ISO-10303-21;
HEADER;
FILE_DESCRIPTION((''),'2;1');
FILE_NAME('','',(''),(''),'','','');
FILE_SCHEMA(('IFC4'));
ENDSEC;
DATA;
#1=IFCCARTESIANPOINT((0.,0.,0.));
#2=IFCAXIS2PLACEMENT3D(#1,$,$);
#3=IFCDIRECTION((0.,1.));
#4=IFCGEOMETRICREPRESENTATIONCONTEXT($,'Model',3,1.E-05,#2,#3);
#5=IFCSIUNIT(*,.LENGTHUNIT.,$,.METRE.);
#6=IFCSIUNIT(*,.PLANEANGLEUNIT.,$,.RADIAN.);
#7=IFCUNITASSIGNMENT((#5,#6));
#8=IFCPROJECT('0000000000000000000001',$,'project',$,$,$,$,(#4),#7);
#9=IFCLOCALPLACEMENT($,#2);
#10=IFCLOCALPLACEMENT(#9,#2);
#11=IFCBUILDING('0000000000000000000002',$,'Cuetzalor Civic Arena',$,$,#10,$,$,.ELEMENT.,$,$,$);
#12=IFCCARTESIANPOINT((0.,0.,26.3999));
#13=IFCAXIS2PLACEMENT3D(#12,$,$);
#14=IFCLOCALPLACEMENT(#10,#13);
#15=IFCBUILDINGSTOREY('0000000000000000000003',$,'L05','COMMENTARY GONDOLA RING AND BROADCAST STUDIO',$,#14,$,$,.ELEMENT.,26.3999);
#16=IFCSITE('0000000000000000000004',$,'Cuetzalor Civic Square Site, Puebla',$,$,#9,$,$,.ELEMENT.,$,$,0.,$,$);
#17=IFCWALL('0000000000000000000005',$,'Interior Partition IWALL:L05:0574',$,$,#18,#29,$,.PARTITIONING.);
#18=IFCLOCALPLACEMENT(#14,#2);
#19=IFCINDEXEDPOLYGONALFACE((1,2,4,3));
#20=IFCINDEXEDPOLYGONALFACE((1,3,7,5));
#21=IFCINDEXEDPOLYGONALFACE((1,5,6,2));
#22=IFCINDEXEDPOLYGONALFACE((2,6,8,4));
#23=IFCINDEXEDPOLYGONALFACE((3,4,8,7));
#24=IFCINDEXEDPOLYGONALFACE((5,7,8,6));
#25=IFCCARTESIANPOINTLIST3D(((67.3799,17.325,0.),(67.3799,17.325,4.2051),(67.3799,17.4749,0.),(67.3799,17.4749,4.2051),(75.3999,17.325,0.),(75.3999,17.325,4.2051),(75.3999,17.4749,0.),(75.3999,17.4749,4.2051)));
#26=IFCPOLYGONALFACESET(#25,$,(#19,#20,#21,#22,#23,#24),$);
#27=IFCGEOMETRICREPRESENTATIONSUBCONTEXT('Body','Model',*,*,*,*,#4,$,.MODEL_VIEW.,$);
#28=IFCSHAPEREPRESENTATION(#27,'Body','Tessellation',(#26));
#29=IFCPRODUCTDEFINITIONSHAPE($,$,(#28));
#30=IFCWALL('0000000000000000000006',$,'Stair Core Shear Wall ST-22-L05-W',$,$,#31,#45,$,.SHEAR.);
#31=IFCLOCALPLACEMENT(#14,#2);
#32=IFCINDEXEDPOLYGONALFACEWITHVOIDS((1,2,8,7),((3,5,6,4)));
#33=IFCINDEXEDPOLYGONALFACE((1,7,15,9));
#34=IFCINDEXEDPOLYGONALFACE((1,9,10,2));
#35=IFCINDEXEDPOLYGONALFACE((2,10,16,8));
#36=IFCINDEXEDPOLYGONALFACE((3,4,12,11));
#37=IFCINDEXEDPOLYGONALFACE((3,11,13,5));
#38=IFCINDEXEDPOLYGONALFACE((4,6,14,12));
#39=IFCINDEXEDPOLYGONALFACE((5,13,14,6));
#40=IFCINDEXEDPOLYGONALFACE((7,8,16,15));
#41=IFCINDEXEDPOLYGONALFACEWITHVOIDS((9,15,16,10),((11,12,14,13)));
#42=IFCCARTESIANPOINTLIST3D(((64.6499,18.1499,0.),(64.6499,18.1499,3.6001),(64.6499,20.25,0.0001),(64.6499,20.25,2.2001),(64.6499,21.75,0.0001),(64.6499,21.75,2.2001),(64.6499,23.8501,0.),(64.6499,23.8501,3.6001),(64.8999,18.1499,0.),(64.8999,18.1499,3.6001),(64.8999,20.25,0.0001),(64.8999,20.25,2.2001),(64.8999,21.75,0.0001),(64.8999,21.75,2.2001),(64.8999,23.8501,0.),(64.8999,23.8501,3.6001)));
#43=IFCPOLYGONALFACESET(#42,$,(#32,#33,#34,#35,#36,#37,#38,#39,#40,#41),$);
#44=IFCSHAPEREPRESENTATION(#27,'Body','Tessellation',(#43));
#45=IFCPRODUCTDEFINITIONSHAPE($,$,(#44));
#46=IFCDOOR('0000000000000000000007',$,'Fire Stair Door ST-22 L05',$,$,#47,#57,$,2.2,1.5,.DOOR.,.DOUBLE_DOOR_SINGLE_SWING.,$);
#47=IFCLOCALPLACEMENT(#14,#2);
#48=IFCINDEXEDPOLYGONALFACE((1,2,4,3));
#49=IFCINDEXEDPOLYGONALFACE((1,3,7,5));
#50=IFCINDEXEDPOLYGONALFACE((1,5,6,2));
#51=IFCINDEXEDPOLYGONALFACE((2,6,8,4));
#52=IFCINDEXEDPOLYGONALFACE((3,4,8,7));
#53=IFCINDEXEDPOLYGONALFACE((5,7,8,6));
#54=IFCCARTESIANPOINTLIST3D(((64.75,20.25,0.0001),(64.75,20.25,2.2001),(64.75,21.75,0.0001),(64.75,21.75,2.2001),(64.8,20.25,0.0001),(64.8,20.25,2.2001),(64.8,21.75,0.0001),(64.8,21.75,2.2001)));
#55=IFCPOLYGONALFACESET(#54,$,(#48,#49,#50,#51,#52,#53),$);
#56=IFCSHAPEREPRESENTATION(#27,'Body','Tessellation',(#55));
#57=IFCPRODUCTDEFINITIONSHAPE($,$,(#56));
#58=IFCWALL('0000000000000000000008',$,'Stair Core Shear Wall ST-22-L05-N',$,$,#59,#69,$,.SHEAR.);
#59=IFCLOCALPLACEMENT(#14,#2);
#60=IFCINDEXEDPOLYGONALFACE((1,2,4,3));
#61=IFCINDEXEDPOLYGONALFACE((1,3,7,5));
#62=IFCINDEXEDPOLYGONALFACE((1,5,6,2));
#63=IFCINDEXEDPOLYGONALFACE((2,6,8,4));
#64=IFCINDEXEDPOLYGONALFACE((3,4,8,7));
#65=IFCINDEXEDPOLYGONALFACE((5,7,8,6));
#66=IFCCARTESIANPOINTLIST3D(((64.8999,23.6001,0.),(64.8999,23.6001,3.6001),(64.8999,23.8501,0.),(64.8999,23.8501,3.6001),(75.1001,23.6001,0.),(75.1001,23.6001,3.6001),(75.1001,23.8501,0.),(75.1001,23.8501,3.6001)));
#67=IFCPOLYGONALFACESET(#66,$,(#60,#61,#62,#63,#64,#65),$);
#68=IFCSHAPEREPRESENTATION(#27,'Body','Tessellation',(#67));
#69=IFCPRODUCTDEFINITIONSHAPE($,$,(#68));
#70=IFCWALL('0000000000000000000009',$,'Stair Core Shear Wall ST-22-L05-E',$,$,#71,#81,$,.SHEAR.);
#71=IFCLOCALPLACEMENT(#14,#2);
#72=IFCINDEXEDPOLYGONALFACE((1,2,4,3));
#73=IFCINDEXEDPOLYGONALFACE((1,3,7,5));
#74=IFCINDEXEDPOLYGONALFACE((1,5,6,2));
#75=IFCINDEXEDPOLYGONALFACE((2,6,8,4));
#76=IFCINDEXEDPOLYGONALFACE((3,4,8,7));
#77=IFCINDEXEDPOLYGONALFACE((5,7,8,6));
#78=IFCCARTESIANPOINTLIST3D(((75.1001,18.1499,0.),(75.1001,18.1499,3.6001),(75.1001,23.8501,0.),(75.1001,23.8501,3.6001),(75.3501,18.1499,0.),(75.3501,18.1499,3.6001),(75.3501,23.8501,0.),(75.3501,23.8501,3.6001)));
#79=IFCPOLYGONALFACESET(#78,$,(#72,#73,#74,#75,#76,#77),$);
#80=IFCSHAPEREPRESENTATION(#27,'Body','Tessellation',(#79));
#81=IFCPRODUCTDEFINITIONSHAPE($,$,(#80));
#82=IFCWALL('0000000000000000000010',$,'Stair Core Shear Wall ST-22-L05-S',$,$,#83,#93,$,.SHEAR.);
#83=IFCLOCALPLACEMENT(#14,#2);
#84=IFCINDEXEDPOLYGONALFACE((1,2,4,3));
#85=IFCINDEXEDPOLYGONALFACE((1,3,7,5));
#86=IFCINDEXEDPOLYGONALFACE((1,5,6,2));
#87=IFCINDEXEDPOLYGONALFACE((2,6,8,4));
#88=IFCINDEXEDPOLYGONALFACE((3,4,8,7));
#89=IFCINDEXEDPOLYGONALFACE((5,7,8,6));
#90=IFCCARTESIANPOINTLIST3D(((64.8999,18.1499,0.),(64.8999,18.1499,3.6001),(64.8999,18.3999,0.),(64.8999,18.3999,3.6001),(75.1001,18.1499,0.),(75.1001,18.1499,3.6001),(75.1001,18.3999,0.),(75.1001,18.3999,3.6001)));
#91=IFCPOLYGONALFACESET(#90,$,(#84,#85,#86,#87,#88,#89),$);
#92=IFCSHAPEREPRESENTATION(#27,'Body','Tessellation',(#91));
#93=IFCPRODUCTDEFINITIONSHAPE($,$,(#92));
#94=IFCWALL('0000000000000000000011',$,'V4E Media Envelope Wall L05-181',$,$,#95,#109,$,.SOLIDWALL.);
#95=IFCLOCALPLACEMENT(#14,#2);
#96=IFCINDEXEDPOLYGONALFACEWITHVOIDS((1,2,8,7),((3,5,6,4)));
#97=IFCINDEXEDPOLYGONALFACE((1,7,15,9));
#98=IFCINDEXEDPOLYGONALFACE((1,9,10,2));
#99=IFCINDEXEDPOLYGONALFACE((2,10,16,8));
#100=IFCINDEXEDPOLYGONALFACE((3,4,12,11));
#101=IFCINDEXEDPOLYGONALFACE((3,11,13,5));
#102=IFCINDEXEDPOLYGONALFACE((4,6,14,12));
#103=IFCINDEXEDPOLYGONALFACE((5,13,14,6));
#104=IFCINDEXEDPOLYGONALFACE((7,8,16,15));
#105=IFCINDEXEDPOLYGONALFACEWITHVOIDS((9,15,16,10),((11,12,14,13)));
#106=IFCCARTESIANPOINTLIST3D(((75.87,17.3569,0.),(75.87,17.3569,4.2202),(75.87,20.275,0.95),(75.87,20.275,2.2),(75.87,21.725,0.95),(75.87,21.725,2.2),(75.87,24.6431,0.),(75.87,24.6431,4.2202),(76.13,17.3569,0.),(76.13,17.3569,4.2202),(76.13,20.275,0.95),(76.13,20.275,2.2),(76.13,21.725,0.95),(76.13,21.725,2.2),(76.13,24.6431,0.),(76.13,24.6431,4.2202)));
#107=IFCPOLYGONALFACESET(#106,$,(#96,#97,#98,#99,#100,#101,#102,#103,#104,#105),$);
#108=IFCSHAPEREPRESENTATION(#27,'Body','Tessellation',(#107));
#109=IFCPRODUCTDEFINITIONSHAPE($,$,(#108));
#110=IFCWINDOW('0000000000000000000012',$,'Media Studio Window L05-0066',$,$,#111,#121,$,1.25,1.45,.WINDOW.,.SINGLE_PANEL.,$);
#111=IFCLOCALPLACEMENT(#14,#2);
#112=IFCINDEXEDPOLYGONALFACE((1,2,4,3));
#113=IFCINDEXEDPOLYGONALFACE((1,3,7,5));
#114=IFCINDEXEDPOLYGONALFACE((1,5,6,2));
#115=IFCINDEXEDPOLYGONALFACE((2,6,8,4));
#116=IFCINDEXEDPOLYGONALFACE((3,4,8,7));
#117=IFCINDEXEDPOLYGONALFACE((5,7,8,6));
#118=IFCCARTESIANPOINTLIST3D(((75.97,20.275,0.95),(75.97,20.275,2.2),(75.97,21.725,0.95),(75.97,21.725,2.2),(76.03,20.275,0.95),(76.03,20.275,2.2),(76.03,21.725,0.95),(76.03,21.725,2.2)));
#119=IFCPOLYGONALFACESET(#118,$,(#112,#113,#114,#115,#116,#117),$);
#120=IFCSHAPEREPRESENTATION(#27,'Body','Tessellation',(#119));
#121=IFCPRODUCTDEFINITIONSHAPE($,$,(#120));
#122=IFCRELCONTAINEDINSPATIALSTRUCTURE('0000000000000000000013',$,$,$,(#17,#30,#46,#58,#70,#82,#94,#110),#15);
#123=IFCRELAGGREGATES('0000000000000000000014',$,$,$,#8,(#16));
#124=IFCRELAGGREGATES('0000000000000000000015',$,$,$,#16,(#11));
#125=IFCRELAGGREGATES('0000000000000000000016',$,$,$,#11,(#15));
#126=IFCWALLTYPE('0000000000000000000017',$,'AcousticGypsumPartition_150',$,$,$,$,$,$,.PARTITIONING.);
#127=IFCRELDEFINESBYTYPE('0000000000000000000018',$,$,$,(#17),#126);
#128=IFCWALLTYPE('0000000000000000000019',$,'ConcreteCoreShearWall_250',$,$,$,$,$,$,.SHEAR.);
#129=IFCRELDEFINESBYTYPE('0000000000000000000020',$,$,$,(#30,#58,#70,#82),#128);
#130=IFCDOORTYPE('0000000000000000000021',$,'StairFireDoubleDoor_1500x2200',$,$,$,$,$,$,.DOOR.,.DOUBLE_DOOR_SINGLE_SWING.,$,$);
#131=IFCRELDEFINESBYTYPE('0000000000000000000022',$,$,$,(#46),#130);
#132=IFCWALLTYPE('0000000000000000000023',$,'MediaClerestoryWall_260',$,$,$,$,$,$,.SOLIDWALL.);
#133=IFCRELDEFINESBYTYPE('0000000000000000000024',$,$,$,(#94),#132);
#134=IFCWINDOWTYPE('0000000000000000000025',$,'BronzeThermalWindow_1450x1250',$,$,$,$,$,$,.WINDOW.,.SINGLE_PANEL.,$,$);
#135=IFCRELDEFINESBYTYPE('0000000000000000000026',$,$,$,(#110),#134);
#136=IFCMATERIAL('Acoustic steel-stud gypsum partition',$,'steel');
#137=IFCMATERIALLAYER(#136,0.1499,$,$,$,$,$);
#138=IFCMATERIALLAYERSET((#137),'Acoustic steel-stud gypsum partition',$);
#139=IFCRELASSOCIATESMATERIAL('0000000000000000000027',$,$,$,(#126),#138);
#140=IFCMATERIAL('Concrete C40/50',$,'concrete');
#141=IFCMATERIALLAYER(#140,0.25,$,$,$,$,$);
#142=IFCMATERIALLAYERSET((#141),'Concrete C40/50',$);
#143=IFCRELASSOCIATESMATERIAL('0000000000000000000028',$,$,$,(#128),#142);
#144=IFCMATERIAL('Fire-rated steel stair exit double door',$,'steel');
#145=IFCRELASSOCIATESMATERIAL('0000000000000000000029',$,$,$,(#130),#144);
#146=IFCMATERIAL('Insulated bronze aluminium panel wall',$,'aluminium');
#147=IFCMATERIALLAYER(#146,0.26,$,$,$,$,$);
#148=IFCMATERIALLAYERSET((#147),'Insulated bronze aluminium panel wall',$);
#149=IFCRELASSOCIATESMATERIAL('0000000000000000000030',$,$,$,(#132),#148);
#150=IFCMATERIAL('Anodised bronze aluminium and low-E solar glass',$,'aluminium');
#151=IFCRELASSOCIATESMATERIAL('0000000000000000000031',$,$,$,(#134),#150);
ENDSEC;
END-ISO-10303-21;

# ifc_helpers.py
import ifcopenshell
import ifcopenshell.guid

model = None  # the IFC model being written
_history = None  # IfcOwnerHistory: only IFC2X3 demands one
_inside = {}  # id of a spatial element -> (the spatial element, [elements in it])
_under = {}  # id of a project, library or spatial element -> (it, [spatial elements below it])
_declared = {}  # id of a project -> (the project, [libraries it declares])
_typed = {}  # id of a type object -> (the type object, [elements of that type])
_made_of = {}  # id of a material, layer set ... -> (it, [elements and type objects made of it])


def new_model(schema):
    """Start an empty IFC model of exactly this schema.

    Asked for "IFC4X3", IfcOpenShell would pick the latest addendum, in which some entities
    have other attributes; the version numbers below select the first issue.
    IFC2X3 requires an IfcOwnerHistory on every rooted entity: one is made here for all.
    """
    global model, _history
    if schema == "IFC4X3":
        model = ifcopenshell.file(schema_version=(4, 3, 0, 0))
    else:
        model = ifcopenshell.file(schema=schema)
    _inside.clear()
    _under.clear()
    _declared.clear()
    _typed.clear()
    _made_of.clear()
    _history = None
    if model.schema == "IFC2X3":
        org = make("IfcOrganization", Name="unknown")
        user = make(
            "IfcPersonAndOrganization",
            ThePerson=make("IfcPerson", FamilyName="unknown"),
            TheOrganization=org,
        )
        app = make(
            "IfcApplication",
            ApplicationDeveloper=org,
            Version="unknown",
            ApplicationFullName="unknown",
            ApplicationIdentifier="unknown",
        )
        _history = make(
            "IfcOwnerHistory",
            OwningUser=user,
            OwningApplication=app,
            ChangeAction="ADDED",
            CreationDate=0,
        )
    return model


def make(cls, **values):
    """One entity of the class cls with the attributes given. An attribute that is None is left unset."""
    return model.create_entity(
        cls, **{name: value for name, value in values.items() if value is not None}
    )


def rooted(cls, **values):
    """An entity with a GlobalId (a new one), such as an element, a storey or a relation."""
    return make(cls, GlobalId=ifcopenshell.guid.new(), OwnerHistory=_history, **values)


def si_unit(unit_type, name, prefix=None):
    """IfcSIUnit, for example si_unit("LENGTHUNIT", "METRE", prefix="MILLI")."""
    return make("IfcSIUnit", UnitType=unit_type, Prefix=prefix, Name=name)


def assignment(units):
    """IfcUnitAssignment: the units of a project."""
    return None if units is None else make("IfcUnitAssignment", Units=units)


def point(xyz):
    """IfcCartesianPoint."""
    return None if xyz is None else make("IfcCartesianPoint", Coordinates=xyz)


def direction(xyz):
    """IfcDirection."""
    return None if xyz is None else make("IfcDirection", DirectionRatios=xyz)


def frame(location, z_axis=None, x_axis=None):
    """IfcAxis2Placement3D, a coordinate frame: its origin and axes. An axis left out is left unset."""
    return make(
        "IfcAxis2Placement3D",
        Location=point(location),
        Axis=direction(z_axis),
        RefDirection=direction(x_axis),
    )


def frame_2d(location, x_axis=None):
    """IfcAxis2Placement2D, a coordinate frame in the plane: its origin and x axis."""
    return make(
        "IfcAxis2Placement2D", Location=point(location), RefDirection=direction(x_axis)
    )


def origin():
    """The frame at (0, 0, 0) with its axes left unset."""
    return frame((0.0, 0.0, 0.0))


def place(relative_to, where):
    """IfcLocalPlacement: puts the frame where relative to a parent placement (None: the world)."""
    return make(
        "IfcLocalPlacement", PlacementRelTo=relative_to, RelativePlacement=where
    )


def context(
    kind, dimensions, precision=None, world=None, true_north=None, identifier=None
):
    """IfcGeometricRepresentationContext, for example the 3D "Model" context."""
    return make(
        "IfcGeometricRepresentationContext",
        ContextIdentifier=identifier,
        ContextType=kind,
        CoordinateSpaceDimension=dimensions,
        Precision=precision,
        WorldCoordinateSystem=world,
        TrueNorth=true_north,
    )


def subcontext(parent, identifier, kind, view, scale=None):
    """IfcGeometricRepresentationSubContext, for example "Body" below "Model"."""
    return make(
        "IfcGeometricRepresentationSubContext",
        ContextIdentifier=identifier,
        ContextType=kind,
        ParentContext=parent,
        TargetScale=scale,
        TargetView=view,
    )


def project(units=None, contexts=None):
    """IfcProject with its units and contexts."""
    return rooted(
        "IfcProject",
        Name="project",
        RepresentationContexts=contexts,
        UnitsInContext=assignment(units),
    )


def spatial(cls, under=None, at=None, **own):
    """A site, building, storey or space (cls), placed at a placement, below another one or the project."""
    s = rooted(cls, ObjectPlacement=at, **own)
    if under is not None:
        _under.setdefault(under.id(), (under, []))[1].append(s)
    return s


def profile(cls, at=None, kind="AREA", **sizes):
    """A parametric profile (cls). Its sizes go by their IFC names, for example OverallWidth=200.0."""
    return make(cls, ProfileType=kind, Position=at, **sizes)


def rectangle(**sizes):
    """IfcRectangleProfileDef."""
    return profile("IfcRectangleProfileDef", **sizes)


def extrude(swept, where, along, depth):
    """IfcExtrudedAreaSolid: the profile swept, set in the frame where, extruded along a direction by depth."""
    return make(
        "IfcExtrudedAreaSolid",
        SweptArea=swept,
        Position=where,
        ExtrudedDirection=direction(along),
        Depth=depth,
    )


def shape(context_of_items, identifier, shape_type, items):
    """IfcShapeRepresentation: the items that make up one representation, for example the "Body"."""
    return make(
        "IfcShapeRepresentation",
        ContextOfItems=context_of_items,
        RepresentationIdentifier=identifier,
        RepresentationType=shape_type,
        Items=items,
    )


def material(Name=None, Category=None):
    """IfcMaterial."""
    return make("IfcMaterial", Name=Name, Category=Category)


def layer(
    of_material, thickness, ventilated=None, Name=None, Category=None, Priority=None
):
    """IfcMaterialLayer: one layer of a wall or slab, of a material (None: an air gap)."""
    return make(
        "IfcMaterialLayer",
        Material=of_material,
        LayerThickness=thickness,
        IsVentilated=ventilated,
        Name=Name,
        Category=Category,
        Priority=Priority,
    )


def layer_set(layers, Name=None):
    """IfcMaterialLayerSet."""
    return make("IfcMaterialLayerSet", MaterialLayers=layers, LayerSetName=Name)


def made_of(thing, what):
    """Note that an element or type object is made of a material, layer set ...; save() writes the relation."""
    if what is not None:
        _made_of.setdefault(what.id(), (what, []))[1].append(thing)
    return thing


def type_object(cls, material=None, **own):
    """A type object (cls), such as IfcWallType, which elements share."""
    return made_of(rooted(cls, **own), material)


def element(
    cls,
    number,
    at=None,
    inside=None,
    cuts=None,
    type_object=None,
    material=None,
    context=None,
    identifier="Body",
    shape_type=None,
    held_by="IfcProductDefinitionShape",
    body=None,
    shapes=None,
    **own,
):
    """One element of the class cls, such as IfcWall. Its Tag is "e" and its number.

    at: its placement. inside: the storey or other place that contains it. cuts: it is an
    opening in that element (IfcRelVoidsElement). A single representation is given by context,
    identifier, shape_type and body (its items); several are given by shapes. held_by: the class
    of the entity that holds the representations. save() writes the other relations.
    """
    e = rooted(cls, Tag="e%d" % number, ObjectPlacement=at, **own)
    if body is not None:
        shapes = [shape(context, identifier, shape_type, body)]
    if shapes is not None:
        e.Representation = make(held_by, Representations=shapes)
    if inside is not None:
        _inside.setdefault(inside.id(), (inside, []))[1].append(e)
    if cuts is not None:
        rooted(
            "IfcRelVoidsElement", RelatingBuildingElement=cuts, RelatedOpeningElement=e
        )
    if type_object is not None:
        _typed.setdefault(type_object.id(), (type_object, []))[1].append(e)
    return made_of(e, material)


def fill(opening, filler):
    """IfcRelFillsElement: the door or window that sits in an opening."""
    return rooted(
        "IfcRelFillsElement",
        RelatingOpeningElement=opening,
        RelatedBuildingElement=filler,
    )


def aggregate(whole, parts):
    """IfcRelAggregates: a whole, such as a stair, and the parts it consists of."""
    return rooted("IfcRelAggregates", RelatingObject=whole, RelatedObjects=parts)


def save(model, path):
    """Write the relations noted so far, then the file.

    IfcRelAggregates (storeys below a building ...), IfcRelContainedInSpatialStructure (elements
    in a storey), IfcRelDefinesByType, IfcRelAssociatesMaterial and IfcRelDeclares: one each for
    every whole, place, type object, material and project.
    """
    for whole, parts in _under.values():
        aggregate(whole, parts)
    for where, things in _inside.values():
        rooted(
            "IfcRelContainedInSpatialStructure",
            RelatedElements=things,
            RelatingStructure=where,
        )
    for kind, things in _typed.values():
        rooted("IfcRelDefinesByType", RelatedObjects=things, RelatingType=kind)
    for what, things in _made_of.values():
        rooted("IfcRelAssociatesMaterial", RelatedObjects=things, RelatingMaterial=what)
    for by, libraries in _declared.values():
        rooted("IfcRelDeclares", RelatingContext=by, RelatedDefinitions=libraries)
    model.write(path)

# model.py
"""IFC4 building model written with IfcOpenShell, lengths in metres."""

from ifc_helpers import new_model, si_unit, direction, frame, frame_2d, origin, place, context, subcontext, project, spatial, rectangle, extrude, material, layer, layer_set, type_object, element, fill, save


model = new_model("IFC4")

# Units and contexts
model_context = context("Model", 3, precision=1e-05, world=origin(), true_north=direction((0.0, 1.0)))
body_context = subcontext(model_context, "Body", "Model", "MODEL_VIEW")
ifc_project = project(units=[si_unit("LENGTHUNIT", "METRE"), si_unit("PLANEANGLEUNIT", "RADIAN")], contexts=[model_context])

# Site, building, storey
site_placement = place(None, origin())
site = spatial("IfcSite", under=ifc_project, at=site_placement, Name="Cuetzalor Civic Square Site, Puebla", CompositionType="ELEMENT", RefElevation=0.0)
building_placement = place(site_placement, origin())
building = spatial("IfcBuilding", under=site, at=building_placement, Name="Cuetzalor Civic Arena", CompositionType="ELEMENT")
storey_placement = place(building_placement, frame((0.0, 0.0, 26.3999)))
storey = spatial("IfcBuildingStorey", under=building, at=storey_placement, Name="L05", Description="COMMENTARY GONDOLA RING AND BROADCAST STUDIO", CompositionType="ELEMENT", Elevation=26.3999)

# Wall
ifc_material_1 = material(Name="Acoustic steel-stud gypsum partition", Category="steel")
ifc_layer_1 = layer(ifc_material_1, 0.1499)
ifc_layer_set_1 = layer_set([ifc_layer_1], Name="Acoustic steel-stud gypsum partition")
wall_type_1 = type_object("IfcWallType", Name="AcousticGypsumPartition_150", PredefinedType="PARTITIONING", material=ifc_layer_set_1)
wall_1_placement = place(storey_placement, frame((67.3799, 17.3999, 0.0), z_axis=(0.0, 0.0, 1.0), x_axis=(1.0, 0.0, 0.0)))
element("IfcWall", 1, at=wall_1_placement, inside=storey, type_object=wall_type_1, Name="Interior Partition IWALL:L05:0574", PredefinedType="PARTITIONING", context=body_context, shape_type="SweptSolid", body=[
    extrude(rectangle(XDim=8.02, YDim=0.1499, at=frame_2d((4.01, 0.0))), origin(), (0.0, 0.0, 1.0), 4.2051),
])

# Wall, opening, door
ifc_material_2 = material(Name="Concrete C40/50", Category="concrete")
ifc_layer_2 = layer(ifc_material_2, 0.25)
ifc_layer_set_2 = layer_set([ifc_layer_2], Name="Concrete C40/50")
wall_type_2 = type_object("IfcWallType", Name="ConcreteCoreShearWall_250", PredefinedType="SHEAR", material=ifc_layer_set_2)
wall_2_placement = place(storey_placement, frame((64.7749, 18.1499, 0.0), z_axis=(0.0, 0.0, 1.0), x_axis=(0.0, 1.0, 0.0)))
wall_2 = element("IfcWall", 2, at=wall_2_placement, inside=storey, type_object=wall_type_2, Name="Stair Core Shear Wall ST-22-L05-W", PredefinedType="SHEAR", context=body_context, shape_type="SweptSolid", body=[
    extrude(rectangle(XDim=5.7002, YDim=0.25, at=frame_2d((2.8501, 0.0))), origin(), (0.0, 0.0, 1.0), 3.6001),
])
opening_1_placement = place(wall_2_placement, frame((2.1001, 0.0, 0.0)))
opening_1 = element("IfcOpeningElement", 3, at=opening_1_placement, cuts=wall_2, PredefinedType="OPENING", context=body_context, shape_type="SweptSolid", body=[
    extrude(rectangle(XDim=1.5, YDim=2.2, at=frame_2d((0.75, 1.1001))), frame((0.0, 0.135, 0.0), z_axis=(0.0, -1.0, 0.0), x_axis=(1.0, 0.0, 0.0)), (0.0, 0.0, 1.0), 0.27),
])
ifc_material_3 = material(Name="Fire-rated steel stair exit double door", Category="steel")
door_type = type_object("IfcDoorType", Name="StairFireDoubleDoor_1500x2200", OperationType="DOUBLE_DOOR_SINGLE_SWING", PredefinedType="DOOR", material=ifc_material_3)
door_placement = place(opening_1_placement, origin())
door = element("IfcDoor", 4, at=door_placement, inside=storey, type_object=door_type, Name="Fire Stair Door ST-22 L05", OperationType="DOUBLE_DOOR_SINGLE_SWING", OverallHeight=2.2, OverallWidth=1.5, PredefinedType="DOOR", context=body_context, shape_type="SweptSolid", body=[
    extrude(rectangle(XDim=1.5, YDim=2.2, at=frame_2d((0.75, 1.1001))), frame((0.0, 0.0249, 0.0), z_axis=(0.0, -1.0, 0.0), x_axis=(1.0, 0.0, 0.0)), (0.0, 0.0, 1.0), 0.05),
])
fill(opening_1, door)

# Walls
wall_3_placement = place(storey_placement, frame((64.8999, 23.7251, 0.0), z_axis=(0.0, 0.0, 1.0), x_axis=(1.0, 0.0, 0.0)))
element("IfcWall", 5, at=wall_3_placement, inside=storey, type_object=wall_type_2, Name="Stair Core Shear Wall ST-22-L05-N", PredefinedType="SHEAR", context=body_context, shape_type="SweptSolid", body=[
    extrude(rectangle(XDim=10.2002, YDim=0.25, at=frame_2d((5.1001, 0.0))), origin(), (0.0, 0.0, 1.0), 3.6001),
])
wall_4_placement = place(storey_placement, frame((75.2251, 23.8501, 0.0), z_axis=(0.0, 0.0, 1.0), x_axis=(0.0, -1.0, 0.0)))
element("IfcWall", 6, at=wall_4_placement, inside=storey, type_object=wall_type_2, Name="Stair Core Shear Wall ST-22-L05-E", PredefinedType="SHEAR", context=body_context, shape_type="SweptSolid", body=[
    extrude(rectangle(XDim=5.7002, YDim=0.25, at=frame_2d((2.8501, 0.0))), origin(), (0.0, 0.0, 1.0), 3.6001),
])
wall_5_placement = place(storey_placement, frame((75.1001, 18.2749, 0.0), z_axis=(0.0, 0.0, 1.0), x_axis=(-1.0, 0.0, 0.0)))
element("IfcWall", 7, at=wall_5_placement, inside=storey, type_object=wall_type_2, Name="Stair Core Shear Wall ST-22-L05-S", PredefinedType="SHEAR", context=body_context, shape_type="SweptSolid", body=[
    extrude(rectangle(XDim=10.2002, YDim=0.25, at=frame_2d((5.1001, 0.0))), origin(), (0.0, 0.0, 1.0), 3.6001),
])

# Wall, opening, window
ifc_material_4 = material(Name="Insulated bronze aluminium panel wall", Category="aluminium")
ifc_layer_3 = layer(ifc_material_4, 0.26)
ifc_layer_set_3 = layer_set([ifc_layer_3], Name="Insulated bronze aluminium panel wall")
wall_type_3 = type_object("IfcWallType", Name="MediaClerestoryWall_260", PredefinedType="SOLIDWALL", material=ifc_layer_set_3)
wall_6_placement = place(storey_placement, frame((76.0, 24.6431, 0.0), z_axis=(0.0, 0.0, 1.0), x_axis=(0.0, -1.0, 0.0)))
wall_6 = element("IfcWall", 8, at=wall_6_placement, inside=storey, type_object=wall_type_3, Name="V4E Media Envelope Wall L05-181", PredefinedType="SOLIDWALL", context=body_context, shape_type="SweptSolid", body=[
    extrude(rectangle(XDim=7.2861, YDim=0.26, at=frame_2d((3.6431, 0.0))), origin(), (0.0, 0.0, 1.0), 4.2202),
])
opening_2_placement = place(wall_6_placement, frame((2.918, 0.0, 0.95)))
opening_2 = element("IfcOpeningElement", 9, at=opening_2_placement, cuts=wall_6, PredefinedType="OPENING", context=body_context, shape_type="SweptSolid", body=[
    extrude(rectangle(XDim=1.45, YDim=1.25, at=frame_2d((0.7251, 0.625))), frame((0.0, 0.1401, 0.0), z_axis=(0.0, -1.0, 0.0), x_axis=(1.0, 0.0, 0.0)), (0.0, 0.0, 1.0), 0.28),
])
ifc_material_5 = material(Name="Anodised bronze aluminium and low-E solar glass", Category="aluminium")
window_type = type_object("IfcWindowType", Name="BronzeThermalWindow_1450x1250", PartitioningType="SINGLE_PANEL", PredefinedType="WINDOW", material=ifc_material_5)
window_placement = place(opening_2_placement, origin())
window = element("IfcWindow", 10, at=window_placement, inside=storey, type_object=window_type, Name="Media Studio Window L05-0066", OverallHeight=1.25, OverallWidth=1.45, PartitioningType="SINGLE_PANEL", PredefinedType="WINDOW", context=body_context, shape_type="SweptSolid", body=[
    extrude(rectangle(XDim=1.45, YDim=1.25, at=frame_2d((0.7251, 0.625))), frame((0.0, 0.03, 0.0), z_axis=(0.0, -1.0, 0.0), x_axis=(1.0, 0.0, 0.0)), (0.0, 0.0, 1.0), 0.0601),
])
fill(opening_2, window)

save(model, "model.ifc")
